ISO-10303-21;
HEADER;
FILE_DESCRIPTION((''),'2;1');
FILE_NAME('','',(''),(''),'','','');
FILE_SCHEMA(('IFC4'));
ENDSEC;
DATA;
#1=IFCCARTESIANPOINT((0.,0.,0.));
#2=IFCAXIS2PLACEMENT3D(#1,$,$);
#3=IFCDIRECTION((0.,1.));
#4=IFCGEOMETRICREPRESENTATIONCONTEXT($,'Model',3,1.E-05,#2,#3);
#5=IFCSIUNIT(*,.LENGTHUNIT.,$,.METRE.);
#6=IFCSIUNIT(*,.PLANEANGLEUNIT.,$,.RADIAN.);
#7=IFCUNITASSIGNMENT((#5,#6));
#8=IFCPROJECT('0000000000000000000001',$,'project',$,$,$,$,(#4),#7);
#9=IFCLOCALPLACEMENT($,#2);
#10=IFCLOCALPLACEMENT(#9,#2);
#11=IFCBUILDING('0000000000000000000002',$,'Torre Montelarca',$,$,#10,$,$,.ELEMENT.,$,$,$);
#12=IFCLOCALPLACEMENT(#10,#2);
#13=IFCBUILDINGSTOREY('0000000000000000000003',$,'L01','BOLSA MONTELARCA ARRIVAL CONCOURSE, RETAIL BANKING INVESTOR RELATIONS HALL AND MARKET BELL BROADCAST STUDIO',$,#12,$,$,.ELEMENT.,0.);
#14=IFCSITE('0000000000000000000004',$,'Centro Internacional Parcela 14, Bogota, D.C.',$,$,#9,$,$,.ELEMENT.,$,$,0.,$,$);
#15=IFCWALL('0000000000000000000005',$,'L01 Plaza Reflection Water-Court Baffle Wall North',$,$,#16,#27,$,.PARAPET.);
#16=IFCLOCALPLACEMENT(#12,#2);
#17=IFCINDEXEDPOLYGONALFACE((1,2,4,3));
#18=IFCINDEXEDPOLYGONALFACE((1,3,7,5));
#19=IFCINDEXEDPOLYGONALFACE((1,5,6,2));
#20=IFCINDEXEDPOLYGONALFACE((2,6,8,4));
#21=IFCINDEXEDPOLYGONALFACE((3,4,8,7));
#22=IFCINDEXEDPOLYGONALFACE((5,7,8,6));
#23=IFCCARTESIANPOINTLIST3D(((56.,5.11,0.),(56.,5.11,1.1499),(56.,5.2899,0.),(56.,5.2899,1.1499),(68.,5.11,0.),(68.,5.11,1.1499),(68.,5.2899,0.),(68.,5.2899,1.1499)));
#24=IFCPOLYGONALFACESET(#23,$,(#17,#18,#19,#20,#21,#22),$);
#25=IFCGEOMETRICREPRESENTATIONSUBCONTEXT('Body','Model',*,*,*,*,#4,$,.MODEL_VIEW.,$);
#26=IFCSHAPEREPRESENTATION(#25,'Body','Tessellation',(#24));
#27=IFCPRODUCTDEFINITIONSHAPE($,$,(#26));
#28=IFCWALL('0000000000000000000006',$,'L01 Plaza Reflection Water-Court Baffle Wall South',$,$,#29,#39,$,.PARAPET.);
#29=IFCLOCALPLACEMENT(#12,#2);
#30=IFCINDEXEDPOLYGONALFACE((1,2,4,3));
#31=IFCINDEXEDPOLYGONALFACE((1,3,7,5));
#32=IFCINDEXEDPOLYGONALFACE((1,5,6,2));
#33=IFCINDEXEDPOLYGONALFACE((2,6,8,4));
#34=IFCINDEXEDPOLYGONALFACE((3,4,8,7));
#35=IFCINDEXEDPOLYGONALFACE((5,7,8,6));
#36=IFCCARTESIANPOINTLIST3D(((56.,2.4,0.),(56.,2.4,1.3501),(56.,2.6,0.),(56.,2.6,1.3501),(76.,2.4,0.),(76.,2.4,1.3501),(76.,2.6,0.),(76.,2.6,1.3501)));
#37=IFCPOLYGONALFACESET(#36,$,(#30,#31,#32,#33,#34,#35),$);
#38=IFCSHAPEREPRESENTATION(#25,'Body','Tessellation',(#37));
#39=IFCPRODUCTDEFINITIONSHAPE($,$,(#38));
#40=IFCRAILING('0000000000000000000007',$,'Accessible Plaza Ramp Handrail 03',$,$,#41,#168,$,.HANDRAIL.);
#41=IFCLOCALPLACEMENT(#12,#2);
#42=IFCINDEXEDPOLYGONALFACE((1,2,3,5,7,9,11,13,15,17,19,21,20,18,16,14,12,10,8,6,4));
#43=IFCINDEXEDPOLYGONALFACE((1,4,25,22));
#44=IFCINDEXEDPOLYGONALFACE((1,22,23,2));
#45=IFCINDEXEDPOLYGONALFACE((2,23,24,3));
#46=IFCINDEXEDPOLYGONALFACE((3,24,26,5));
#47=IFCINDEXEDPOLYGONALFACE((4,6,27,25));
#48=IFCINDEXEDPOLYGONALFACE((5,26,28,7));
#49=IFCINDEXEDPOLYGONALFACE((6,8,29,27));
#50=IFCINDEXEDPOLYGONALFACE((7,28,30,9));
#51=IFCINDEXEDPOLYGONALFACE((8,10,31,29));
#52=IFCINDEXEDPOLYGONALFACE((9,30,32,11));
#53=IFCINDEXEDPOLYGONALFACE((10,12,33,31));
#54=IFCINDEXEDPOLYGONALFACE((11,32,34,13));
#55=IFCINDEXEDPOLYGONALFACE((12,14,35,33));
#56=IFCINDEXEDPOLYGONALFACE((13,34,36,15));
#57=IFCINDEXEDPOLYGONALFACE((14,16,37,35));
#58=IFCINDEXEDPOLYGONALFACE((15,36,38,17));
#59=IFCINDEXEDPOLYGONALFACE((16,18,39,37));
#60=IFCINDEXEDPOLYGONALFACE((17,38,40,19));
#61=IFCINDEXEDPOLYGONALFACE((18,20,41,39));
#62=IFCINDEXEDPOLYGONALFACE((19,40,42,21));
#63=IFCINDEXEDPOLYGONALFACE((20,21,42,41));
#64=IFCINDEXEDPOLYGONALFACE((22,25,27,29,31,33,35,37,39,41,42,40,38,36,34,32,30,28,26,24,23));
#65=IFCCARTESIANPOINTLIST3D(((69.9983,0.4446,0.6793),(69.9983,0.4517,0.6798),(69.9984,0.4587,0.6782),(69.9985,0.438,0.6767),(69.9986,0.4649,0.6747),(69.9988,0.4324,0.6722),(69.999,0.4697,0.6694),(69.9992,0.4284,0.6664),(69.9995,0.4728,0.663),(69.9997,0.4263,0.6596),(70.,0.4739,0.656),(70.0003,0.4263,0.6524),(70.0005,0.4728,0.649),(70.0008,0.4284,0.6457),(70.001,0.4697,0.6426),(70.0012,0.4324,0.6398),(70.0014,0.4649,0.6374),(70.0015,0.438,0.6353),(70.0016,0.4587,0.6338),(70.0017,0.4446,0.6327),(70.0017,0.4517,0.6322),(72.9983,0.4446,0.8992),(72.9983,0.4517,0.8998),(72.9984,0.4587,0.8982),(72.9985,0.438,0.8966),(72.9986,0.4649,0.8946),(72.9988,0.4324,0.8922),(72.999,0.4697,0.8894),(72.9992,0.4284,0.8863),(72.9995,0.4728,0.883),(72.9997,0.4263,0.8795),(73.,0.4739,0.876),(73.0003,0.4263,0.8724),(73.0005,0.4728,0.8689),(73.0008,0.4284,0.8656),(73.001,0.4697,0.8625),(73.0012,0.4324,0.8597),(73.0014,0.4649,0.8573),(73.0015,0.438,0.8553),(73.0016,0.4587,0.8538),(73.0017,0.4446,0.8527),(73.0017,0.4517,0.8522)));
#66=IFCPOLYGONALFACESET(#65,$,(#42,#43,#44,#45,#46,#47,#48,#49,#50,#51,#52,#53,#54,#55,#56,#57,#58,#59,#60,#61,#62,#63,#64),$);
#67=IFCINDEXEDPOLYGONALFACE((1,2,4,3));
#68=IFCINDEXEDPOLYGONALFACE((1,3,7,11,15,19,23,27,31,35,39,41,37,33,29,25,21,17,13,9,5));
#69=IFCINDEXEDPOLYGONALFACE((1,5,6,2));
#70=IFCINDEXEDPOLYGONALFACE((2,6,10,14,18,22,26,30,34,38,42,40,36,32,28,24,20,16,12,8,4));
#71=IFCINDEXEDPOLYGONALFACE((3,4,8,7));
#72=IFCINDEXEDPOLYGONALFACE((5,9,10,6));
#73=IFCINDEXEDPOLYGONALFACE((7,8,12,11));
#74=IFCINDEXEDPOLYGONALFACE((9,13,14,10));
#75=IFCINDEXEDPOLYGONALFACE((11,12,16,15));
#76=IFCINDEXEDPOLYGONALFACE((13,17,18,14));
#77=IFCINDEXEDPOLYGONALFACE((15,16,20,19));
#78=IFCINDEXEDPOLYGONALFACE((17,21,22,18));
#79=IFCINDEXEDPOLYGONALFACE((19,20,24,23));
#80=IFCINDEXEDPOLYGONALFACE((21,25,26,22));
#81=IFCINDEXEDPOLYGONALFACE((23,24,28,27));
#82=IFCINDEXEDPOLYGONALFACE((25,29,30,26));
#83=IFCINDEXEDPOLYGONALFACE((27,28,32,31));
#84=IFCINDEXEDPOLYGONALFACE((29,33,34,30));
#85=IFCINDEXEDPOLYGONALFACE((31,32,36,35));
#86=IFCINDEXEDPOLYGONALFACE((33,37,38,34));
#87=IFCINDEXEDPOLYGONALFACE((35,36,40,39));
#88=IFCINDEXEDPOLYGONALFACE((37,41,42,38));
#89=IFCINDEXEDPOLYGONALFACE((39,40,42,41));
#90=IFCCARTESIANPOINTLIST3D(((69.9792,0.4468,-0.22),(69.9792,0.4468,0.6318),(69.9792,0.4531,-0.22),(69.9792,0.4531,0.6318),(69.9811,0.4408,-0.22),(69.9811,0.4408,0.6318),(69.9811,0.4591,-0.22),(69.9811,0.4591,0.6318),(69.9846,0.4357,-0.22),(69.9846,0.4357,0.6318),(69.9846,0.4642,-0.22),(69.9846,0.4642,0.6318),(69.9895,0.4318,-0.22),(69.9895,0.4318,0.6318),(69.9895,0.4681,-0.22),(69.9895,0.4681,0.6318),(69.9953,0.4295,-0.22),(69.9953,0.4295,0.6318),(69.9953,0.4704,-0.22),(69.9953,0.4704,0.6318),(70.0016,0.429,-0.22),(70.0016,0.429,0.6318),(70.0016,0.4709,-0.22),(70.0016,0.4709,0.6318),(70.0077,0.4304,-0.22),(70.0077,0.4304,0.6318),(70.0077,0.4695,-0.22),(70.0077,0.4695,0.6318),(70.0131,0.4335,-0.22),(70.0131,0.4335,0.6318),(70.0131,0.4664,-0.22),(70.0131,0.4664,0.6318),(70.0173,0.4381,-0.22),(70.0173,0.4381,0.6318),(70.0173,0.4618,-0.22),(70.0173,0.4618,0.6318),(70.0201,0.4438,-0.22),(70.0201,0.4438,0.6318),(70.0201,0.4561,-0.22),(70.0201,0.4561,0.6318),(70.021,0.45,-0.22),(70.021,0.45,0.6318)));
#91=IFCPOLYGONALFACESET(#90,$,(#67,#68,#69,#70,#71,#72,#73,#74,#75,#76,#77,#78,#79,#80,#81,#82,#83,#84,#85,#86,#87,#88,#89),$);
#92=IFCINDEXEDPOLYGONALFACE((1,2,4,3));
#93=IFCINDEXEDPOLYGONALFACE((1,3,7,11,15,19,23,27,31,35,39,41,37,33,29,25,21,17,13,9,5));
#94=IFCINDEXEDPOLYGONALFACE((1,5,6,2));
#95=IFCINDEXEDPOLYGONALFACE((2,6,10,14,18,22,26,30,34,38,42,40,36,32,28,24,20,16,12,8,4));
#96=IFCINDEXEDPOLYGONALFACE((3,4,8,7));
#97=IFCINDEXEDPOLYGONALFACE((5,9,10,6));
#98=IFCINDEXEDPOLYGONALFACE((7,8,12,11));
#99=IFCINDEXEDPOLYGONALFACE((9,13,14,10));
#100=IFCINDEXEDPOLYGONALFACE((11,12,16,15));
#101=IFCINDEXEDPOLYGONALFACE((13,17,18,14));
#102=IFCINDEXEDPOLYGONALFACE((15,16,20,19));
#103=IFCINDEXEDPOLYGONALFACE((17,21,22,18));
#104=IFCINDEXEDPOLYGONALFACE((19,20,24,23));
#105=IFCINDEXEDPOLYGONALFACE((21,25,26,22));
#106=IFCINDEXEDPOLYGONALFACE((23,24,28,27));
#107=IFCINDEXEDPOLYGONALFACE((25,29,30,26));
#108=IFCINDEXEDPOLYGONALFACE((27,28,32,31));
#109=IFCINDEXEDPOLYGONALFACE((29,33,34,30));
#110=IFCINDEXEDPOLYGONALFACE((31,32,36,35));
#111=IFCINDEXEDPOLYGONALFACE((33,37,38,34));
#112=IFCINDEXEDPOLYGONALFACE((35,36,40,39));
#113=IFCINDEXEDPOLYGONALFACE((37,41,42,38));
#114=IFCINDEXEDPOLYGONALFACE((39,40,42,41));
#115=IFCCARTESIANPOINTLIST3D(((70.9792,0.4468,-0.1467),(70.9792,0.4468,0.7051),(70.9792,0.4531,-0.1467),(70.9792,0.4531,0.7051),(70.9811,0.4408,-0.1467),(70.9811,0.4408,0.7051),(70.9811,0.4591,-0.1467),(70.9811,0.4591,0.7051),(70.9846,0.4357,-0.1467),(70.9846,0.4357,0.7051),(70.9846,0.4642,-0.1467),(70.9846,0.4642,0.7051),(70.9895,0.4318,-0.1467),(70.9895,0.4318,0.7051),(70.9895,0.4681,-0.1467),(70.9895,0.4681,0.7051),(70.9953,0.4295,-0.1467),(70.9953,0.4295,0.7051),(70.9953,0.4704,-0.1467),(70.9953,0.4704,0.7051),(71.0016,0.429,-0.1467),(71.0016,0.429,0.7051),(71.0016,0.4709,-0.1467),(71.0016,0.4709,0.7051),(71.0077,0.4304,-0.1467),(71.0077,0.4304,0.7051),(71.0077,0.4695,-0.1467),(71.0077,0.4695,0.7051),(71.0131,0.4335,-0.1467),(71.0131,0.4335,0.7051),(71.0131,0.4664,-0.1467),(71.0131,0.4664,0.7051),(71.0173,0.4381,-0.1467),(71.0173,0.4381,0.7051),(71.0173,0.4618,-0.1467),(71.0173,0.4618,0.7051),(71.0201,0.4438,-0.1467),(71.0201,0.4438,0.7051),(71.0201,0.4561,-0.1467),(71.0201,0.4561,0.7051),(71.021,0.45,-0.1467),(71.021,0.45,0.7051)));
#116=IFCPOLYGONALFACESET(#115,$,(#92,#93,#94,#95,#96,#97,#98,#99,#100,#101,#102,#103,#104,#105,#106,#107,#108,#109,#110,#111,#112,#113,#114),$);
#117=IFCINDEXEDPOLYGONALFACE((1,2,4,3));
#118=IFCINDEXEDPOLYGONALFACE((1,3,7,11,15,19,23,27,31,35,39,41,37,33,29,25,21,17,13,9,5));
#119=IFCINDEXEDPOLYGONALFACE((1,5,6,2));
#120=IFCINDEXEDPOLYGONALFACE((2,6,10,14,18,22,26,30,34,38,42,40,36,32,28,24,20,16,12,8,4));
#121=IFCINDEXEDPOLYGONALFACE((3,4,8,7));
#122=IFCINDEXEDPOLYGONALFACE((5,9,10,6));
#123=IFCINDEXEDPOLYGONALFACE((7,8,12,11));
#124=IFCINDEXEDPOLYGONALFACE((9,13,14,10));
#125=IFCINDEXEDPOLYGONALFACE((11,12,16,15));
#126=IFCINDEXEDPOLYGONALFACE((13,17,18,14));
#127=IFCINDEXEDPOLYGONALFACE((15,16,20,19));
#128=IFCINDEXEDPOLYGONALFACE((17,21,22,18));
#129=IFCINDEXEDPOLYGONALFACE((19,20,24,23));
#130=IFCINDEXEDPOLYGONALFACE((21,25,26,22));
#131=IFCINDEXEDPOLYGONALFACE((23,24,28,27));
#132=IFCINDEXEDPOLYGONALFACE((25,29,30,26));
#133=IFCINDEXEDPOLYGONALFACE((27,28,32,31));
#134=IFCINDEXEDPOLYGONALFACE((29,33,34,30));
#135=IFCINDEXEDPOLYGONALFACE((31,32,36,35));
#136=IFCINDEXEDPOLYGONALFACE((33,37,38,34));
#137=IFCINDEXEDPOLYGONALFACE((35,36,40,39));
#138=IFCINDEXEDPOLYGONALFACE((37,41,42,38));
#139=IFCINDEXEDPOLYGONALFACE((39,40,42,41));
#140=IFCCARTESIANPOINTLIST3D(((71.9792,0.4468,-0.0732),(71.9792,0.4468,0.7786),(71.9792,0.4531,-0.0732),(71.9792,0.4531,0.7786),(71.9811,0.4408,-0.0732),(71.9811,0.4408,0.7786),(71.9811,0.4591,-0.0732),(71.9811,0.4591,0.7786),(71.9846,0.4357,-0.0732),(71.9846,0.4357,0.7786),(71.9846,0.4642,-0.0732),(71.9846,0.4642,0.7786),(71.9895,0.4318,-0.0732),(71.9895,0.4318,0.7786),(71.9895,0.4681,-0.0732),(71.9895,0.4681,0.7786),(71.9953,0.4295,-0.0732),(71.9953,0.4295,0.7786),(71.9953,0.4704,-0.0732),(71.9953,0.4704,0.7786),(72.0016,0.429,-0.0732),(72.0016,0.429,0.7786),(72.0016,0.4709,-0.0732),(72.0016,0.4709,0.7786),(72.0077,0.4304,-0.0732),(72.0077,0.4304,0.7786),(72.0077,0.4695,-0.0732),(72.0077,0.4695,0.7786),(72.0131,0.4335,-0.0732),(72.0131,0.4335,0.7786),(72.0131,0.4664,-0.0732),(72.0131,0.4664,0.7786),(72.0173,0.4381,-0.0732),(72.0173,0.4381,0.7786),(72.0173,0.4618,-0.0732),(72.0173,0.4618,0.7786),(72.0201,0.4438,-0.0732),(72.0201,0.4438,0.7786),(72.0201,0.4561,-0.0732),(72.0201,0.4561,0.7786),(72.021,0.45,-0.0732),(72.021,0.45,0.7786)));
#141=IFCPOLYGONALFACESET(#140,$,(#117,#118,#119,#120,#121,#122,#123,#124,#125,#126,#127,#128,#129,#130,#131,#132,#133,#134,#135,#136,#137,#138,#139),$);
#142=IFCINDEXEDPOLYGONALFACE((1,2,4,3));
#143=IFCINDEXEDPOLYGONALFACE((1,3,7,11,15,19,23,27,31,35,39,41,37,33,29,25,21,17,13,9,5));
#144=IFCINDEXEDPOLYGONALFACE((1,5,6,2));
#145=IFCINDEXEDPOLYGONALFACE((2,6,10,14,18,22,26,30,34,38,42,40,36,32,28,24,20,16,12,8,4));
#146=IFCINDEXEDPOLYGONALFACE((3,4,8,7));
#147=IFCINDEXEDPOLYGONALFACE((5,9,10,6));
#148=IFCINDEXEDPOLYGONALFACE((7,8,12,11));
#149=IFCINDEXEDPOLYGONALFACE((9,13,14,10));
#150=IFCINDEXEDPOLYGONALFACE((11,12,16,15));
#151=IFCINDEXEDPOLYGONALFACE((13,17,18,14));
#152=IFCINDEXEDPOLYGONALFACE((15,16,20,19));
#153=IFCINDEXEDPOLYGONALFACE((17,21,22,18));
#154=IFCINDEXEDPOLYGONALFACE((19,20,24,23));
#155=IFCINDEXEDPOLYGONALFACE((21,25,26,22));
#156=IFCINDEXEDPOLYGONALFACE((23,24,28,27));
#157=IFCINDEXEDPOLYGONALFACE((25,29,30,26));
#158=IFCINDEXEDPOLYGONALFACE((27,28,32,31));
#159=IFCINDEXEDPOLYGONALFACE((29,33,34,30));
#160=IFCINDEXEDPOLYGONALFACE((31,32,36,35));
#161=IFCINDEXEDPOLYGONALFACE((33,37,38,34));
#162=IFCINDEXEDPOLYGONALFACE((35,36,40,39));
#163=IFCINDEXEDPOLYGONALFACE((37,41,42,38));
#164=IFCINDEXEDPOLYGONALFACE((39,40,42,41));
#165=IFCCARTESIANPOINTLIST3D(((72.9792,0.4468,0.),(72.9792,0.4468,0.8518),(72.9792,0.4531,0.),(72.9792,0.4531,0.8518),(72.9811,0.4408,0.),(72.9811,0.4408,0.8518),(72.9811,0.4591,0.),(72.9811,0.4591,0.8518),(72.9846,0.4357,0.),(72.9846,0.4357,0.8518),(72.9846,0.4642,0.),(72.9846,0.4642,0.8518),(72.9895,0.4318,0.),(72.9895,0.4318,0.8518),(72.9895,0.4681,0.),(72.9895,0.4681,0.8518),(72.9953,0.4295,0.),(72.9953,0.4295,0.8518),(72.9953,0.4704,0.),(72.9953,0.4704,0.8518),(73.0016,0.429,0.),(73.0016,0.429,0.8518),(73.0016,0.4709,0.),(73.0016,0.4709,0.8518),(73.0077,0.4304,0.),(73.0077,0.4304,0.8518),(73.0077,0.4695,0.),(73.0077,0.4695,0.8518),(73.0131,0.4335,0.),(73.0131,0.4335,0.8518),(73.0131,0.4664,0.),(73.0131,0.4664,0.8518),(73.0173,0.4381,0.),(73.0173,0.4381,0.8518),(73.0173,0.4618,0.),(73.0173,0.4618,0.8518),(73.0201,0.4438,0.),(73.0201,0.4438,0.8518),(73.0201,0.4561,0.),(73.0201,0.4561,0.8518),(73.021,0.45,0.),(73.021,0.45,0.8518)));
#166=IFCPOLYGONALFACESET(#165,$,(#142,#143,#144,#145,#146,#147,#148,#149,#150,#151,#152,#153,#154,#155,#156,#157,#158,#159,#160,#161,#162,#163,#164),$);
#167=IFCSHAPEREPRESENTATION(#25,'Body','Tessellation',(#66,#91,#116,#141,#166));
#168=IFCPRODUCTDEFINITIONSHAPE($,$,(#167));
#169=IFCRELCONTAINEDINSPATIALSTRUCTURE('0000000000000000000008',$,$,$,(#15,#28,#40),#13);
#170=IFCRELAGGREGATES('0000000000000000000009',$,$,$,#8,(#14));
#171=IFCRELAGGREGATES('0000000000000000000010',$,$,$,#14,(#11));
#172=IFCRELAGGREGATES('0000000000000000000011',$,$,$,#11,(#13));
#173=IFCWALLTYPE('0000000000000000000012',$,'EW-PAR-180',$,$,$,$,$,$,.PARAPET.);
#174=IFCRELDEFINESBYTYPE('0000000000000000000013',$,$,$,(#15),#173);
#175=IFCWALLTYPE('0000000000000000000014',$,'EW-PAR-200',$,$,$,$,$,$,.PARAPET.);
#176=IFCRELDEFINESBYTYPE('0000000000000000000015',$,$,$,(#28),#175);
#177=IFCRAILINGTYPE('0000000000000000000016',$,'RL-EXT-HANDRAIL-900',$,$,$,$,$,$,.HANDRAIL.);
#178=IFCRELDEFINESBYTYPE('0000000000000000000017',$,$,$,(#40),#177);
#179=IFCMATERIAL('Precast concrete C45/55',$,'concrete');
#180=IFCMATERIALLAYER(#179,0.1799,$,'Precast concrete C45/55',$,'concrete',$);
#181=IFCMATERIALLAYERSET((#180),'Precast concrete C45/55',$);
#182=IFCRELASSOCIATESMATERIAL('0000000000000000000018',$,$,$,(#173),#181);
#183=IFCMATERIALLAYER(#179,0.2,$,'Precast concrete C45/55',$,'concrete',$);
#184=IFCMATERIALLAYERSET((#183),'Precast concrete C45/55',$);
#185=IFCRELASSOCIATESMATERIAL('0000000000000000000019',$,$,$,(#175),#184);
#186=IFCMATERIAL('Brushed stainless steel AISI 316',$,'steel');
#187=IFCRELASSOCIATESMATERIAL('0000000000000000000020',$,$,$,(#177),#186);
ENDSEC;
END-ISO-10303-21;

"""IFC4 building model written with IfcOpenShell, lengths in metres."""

from ifc_helpers import new_model, si_unit, direction, frame, frame_2d, origin, origin_2d, place, context, subcontext, project, spatial, rectangle, circle, extrude, material, layer, layer_set, type_object, element, save


model = new_model("IFC4")

# Units and contexts
model_context = context("Model", 3, precision=1e-05, world=origin(), true_north=direction((0.0, 1.0)))
body_context = subcontext(model_context, "Body", "Model", "MODEL_VIEW")
ifc_project = project(units=[si_unit("LENGTHUNIT", "METRE"), si_unit("PLANEANGLEUNIT", "RADIAN")], contexts=[model_context])

# Site, building, storey
site_placement = place(None, origin())
site = spatial("IfcSite", under=ifc_project, at=site_placement, Name="Centro Internacional Parcela 14, Bogota, D.C.", CompositionType="ELEMENT", RefElevation=0.0)
building_placement = place(site_placement, origin())
building = spatial("IfcBuilding", under=site, at=building_placement, Name="Torre Montelarca", CompositionType="ELEMENT")
storey_placement = place(building_placement, origin())
storey = spatial("IfcBuildingStorey", under=building, at=storey_placement, Name="L01", Description="BOLSA MONTELARCA ARRIVAL CONCOURSE, RETAIL BANKING INVESTOR RELATIONS HALL AND MARKET BELL BROADCAST STUDIO", CompositionType="ELEMENT", Elevation=0.0)

# Walls
ifc_material_1 = material(Name="Precast concrete C45/55", Category="concrete")
ifc_layer_1 = layer(ifc_material_1, 0.1799, Name="Precast concrete C45/55", Category="concrete")
ifc_layer_set_1 = layer_set([ifc_layer_1], Name="Precast concrete C45/55")
wall_type_1 = type_object("IfcWallType", Name="EW-PAR-180", PredefinedType="PARAPET", material=ifc_layer_set_1)
wall_1_placement = place(storey_placement, frame((56.0, 5.2, 0.0), z_axis=(0.0, 0.0, 1.0), x_axis=(1.0, 0.0, 0.0)))
element("IfcWall", 1, at=wall_1_placement, inside=storey, type_object=wall_type_1, Name="L01 Plaza Reflection Water-Court Baffle Wall North", PredefinedType="PARAPET", context=body_context, shape_type="SweptSolid", body=[
    extrude(rectangle(XDim=12.0, YDim=0.1799, at=frame_2d((6.0, 0.0))), origin(), (0.0, 0.0, 1.0), 1.1499),
])
ifc_layer_2 = layer(ifc_material_1, 0.2, Name="Precast concrete C45/55", Category="concrete")
ifc_layer_set_2 = layer_set([ifc_layer_2], Name="Precast concrete C45/55")
wall_type_2 = type_object("IfcWallType", Name="EW-PAR-200", PredefinedType="PARAPET", material=ifc_layer_set_2)
wall_2_placement = place(storey_placement, frame((56.0, 2.5, 0.0), z_axis=(0.0, 0.0, 1.0), x_axis=(1.0, 0.0, 0.0)))
element("IfcWall", 2, at=wall_2_placement, inside=storey, type_object=wall_type_2, Name="L01 Plaza Reflection Water-Court Baffle Wall South", PredefinedType="PARAPET", context=body_context, shape_type="SweptSolid", body=[
    extrude(rectangle(XDim=20.0, YDim=0.2, at=frame_2d((10.0, 0.0))), origin(), (0.0, 0.0, 1.0), 1.3501),
])

# Railing
ifc_material_2 = material(Name="Brushed stainless steel AISI 316", Category="steel")
railing_type = type_object("IfcRailingType", Name="RL-EXT-HANDRAIL-900", PredefinedType="HANDRAIL", material=ifc_material_2)
for number, where, name in (
    (3, (70.0, 0.45, -0.22), "Accessible Plaza Ramp Handrail 03"),
):
    element("IfcRailing", number, at=place(storey_placement, frame(where)), inside=storey, type_object=railing_type, Name=name, PredefinedType="HANDRAIL", context=body_context, shape_type="SweptSolid", body=[
        extrude(circle(Radius=0.0239, at=origin_2d()), frame((0.0, 0.0, 0.876), z_axis=(0.997323, 0.0, 0.073127), x_axis=(0.0, 1.0, 0.0)), (0.0, 0.0, 1.0), 3.0081),
        extrude(circle(Radius=0.021, at=origin_2d()), origin(), (0.0, 0.0, 1.0), 0.8518),
        extrude(circle(Radius=0.021, at=origin_2d()), frame((1.0, 0.0, 0.0732)), (0.0, 0.0, 1.0), 0.8518),
        extrude(circle(Radius=0.021, at=origin_2d()), frame((2.0, 0.0, 0.1467)), (0.0, 0.0, 1.0), 0.8518),
        extrude(circle(Radius=0.021, at=origin_2d()), frame((3.0, 0.0, 0.22)), (0.0, 0.0, 1.0), 0.8518),
    ])

save(model, "model.ifc")
